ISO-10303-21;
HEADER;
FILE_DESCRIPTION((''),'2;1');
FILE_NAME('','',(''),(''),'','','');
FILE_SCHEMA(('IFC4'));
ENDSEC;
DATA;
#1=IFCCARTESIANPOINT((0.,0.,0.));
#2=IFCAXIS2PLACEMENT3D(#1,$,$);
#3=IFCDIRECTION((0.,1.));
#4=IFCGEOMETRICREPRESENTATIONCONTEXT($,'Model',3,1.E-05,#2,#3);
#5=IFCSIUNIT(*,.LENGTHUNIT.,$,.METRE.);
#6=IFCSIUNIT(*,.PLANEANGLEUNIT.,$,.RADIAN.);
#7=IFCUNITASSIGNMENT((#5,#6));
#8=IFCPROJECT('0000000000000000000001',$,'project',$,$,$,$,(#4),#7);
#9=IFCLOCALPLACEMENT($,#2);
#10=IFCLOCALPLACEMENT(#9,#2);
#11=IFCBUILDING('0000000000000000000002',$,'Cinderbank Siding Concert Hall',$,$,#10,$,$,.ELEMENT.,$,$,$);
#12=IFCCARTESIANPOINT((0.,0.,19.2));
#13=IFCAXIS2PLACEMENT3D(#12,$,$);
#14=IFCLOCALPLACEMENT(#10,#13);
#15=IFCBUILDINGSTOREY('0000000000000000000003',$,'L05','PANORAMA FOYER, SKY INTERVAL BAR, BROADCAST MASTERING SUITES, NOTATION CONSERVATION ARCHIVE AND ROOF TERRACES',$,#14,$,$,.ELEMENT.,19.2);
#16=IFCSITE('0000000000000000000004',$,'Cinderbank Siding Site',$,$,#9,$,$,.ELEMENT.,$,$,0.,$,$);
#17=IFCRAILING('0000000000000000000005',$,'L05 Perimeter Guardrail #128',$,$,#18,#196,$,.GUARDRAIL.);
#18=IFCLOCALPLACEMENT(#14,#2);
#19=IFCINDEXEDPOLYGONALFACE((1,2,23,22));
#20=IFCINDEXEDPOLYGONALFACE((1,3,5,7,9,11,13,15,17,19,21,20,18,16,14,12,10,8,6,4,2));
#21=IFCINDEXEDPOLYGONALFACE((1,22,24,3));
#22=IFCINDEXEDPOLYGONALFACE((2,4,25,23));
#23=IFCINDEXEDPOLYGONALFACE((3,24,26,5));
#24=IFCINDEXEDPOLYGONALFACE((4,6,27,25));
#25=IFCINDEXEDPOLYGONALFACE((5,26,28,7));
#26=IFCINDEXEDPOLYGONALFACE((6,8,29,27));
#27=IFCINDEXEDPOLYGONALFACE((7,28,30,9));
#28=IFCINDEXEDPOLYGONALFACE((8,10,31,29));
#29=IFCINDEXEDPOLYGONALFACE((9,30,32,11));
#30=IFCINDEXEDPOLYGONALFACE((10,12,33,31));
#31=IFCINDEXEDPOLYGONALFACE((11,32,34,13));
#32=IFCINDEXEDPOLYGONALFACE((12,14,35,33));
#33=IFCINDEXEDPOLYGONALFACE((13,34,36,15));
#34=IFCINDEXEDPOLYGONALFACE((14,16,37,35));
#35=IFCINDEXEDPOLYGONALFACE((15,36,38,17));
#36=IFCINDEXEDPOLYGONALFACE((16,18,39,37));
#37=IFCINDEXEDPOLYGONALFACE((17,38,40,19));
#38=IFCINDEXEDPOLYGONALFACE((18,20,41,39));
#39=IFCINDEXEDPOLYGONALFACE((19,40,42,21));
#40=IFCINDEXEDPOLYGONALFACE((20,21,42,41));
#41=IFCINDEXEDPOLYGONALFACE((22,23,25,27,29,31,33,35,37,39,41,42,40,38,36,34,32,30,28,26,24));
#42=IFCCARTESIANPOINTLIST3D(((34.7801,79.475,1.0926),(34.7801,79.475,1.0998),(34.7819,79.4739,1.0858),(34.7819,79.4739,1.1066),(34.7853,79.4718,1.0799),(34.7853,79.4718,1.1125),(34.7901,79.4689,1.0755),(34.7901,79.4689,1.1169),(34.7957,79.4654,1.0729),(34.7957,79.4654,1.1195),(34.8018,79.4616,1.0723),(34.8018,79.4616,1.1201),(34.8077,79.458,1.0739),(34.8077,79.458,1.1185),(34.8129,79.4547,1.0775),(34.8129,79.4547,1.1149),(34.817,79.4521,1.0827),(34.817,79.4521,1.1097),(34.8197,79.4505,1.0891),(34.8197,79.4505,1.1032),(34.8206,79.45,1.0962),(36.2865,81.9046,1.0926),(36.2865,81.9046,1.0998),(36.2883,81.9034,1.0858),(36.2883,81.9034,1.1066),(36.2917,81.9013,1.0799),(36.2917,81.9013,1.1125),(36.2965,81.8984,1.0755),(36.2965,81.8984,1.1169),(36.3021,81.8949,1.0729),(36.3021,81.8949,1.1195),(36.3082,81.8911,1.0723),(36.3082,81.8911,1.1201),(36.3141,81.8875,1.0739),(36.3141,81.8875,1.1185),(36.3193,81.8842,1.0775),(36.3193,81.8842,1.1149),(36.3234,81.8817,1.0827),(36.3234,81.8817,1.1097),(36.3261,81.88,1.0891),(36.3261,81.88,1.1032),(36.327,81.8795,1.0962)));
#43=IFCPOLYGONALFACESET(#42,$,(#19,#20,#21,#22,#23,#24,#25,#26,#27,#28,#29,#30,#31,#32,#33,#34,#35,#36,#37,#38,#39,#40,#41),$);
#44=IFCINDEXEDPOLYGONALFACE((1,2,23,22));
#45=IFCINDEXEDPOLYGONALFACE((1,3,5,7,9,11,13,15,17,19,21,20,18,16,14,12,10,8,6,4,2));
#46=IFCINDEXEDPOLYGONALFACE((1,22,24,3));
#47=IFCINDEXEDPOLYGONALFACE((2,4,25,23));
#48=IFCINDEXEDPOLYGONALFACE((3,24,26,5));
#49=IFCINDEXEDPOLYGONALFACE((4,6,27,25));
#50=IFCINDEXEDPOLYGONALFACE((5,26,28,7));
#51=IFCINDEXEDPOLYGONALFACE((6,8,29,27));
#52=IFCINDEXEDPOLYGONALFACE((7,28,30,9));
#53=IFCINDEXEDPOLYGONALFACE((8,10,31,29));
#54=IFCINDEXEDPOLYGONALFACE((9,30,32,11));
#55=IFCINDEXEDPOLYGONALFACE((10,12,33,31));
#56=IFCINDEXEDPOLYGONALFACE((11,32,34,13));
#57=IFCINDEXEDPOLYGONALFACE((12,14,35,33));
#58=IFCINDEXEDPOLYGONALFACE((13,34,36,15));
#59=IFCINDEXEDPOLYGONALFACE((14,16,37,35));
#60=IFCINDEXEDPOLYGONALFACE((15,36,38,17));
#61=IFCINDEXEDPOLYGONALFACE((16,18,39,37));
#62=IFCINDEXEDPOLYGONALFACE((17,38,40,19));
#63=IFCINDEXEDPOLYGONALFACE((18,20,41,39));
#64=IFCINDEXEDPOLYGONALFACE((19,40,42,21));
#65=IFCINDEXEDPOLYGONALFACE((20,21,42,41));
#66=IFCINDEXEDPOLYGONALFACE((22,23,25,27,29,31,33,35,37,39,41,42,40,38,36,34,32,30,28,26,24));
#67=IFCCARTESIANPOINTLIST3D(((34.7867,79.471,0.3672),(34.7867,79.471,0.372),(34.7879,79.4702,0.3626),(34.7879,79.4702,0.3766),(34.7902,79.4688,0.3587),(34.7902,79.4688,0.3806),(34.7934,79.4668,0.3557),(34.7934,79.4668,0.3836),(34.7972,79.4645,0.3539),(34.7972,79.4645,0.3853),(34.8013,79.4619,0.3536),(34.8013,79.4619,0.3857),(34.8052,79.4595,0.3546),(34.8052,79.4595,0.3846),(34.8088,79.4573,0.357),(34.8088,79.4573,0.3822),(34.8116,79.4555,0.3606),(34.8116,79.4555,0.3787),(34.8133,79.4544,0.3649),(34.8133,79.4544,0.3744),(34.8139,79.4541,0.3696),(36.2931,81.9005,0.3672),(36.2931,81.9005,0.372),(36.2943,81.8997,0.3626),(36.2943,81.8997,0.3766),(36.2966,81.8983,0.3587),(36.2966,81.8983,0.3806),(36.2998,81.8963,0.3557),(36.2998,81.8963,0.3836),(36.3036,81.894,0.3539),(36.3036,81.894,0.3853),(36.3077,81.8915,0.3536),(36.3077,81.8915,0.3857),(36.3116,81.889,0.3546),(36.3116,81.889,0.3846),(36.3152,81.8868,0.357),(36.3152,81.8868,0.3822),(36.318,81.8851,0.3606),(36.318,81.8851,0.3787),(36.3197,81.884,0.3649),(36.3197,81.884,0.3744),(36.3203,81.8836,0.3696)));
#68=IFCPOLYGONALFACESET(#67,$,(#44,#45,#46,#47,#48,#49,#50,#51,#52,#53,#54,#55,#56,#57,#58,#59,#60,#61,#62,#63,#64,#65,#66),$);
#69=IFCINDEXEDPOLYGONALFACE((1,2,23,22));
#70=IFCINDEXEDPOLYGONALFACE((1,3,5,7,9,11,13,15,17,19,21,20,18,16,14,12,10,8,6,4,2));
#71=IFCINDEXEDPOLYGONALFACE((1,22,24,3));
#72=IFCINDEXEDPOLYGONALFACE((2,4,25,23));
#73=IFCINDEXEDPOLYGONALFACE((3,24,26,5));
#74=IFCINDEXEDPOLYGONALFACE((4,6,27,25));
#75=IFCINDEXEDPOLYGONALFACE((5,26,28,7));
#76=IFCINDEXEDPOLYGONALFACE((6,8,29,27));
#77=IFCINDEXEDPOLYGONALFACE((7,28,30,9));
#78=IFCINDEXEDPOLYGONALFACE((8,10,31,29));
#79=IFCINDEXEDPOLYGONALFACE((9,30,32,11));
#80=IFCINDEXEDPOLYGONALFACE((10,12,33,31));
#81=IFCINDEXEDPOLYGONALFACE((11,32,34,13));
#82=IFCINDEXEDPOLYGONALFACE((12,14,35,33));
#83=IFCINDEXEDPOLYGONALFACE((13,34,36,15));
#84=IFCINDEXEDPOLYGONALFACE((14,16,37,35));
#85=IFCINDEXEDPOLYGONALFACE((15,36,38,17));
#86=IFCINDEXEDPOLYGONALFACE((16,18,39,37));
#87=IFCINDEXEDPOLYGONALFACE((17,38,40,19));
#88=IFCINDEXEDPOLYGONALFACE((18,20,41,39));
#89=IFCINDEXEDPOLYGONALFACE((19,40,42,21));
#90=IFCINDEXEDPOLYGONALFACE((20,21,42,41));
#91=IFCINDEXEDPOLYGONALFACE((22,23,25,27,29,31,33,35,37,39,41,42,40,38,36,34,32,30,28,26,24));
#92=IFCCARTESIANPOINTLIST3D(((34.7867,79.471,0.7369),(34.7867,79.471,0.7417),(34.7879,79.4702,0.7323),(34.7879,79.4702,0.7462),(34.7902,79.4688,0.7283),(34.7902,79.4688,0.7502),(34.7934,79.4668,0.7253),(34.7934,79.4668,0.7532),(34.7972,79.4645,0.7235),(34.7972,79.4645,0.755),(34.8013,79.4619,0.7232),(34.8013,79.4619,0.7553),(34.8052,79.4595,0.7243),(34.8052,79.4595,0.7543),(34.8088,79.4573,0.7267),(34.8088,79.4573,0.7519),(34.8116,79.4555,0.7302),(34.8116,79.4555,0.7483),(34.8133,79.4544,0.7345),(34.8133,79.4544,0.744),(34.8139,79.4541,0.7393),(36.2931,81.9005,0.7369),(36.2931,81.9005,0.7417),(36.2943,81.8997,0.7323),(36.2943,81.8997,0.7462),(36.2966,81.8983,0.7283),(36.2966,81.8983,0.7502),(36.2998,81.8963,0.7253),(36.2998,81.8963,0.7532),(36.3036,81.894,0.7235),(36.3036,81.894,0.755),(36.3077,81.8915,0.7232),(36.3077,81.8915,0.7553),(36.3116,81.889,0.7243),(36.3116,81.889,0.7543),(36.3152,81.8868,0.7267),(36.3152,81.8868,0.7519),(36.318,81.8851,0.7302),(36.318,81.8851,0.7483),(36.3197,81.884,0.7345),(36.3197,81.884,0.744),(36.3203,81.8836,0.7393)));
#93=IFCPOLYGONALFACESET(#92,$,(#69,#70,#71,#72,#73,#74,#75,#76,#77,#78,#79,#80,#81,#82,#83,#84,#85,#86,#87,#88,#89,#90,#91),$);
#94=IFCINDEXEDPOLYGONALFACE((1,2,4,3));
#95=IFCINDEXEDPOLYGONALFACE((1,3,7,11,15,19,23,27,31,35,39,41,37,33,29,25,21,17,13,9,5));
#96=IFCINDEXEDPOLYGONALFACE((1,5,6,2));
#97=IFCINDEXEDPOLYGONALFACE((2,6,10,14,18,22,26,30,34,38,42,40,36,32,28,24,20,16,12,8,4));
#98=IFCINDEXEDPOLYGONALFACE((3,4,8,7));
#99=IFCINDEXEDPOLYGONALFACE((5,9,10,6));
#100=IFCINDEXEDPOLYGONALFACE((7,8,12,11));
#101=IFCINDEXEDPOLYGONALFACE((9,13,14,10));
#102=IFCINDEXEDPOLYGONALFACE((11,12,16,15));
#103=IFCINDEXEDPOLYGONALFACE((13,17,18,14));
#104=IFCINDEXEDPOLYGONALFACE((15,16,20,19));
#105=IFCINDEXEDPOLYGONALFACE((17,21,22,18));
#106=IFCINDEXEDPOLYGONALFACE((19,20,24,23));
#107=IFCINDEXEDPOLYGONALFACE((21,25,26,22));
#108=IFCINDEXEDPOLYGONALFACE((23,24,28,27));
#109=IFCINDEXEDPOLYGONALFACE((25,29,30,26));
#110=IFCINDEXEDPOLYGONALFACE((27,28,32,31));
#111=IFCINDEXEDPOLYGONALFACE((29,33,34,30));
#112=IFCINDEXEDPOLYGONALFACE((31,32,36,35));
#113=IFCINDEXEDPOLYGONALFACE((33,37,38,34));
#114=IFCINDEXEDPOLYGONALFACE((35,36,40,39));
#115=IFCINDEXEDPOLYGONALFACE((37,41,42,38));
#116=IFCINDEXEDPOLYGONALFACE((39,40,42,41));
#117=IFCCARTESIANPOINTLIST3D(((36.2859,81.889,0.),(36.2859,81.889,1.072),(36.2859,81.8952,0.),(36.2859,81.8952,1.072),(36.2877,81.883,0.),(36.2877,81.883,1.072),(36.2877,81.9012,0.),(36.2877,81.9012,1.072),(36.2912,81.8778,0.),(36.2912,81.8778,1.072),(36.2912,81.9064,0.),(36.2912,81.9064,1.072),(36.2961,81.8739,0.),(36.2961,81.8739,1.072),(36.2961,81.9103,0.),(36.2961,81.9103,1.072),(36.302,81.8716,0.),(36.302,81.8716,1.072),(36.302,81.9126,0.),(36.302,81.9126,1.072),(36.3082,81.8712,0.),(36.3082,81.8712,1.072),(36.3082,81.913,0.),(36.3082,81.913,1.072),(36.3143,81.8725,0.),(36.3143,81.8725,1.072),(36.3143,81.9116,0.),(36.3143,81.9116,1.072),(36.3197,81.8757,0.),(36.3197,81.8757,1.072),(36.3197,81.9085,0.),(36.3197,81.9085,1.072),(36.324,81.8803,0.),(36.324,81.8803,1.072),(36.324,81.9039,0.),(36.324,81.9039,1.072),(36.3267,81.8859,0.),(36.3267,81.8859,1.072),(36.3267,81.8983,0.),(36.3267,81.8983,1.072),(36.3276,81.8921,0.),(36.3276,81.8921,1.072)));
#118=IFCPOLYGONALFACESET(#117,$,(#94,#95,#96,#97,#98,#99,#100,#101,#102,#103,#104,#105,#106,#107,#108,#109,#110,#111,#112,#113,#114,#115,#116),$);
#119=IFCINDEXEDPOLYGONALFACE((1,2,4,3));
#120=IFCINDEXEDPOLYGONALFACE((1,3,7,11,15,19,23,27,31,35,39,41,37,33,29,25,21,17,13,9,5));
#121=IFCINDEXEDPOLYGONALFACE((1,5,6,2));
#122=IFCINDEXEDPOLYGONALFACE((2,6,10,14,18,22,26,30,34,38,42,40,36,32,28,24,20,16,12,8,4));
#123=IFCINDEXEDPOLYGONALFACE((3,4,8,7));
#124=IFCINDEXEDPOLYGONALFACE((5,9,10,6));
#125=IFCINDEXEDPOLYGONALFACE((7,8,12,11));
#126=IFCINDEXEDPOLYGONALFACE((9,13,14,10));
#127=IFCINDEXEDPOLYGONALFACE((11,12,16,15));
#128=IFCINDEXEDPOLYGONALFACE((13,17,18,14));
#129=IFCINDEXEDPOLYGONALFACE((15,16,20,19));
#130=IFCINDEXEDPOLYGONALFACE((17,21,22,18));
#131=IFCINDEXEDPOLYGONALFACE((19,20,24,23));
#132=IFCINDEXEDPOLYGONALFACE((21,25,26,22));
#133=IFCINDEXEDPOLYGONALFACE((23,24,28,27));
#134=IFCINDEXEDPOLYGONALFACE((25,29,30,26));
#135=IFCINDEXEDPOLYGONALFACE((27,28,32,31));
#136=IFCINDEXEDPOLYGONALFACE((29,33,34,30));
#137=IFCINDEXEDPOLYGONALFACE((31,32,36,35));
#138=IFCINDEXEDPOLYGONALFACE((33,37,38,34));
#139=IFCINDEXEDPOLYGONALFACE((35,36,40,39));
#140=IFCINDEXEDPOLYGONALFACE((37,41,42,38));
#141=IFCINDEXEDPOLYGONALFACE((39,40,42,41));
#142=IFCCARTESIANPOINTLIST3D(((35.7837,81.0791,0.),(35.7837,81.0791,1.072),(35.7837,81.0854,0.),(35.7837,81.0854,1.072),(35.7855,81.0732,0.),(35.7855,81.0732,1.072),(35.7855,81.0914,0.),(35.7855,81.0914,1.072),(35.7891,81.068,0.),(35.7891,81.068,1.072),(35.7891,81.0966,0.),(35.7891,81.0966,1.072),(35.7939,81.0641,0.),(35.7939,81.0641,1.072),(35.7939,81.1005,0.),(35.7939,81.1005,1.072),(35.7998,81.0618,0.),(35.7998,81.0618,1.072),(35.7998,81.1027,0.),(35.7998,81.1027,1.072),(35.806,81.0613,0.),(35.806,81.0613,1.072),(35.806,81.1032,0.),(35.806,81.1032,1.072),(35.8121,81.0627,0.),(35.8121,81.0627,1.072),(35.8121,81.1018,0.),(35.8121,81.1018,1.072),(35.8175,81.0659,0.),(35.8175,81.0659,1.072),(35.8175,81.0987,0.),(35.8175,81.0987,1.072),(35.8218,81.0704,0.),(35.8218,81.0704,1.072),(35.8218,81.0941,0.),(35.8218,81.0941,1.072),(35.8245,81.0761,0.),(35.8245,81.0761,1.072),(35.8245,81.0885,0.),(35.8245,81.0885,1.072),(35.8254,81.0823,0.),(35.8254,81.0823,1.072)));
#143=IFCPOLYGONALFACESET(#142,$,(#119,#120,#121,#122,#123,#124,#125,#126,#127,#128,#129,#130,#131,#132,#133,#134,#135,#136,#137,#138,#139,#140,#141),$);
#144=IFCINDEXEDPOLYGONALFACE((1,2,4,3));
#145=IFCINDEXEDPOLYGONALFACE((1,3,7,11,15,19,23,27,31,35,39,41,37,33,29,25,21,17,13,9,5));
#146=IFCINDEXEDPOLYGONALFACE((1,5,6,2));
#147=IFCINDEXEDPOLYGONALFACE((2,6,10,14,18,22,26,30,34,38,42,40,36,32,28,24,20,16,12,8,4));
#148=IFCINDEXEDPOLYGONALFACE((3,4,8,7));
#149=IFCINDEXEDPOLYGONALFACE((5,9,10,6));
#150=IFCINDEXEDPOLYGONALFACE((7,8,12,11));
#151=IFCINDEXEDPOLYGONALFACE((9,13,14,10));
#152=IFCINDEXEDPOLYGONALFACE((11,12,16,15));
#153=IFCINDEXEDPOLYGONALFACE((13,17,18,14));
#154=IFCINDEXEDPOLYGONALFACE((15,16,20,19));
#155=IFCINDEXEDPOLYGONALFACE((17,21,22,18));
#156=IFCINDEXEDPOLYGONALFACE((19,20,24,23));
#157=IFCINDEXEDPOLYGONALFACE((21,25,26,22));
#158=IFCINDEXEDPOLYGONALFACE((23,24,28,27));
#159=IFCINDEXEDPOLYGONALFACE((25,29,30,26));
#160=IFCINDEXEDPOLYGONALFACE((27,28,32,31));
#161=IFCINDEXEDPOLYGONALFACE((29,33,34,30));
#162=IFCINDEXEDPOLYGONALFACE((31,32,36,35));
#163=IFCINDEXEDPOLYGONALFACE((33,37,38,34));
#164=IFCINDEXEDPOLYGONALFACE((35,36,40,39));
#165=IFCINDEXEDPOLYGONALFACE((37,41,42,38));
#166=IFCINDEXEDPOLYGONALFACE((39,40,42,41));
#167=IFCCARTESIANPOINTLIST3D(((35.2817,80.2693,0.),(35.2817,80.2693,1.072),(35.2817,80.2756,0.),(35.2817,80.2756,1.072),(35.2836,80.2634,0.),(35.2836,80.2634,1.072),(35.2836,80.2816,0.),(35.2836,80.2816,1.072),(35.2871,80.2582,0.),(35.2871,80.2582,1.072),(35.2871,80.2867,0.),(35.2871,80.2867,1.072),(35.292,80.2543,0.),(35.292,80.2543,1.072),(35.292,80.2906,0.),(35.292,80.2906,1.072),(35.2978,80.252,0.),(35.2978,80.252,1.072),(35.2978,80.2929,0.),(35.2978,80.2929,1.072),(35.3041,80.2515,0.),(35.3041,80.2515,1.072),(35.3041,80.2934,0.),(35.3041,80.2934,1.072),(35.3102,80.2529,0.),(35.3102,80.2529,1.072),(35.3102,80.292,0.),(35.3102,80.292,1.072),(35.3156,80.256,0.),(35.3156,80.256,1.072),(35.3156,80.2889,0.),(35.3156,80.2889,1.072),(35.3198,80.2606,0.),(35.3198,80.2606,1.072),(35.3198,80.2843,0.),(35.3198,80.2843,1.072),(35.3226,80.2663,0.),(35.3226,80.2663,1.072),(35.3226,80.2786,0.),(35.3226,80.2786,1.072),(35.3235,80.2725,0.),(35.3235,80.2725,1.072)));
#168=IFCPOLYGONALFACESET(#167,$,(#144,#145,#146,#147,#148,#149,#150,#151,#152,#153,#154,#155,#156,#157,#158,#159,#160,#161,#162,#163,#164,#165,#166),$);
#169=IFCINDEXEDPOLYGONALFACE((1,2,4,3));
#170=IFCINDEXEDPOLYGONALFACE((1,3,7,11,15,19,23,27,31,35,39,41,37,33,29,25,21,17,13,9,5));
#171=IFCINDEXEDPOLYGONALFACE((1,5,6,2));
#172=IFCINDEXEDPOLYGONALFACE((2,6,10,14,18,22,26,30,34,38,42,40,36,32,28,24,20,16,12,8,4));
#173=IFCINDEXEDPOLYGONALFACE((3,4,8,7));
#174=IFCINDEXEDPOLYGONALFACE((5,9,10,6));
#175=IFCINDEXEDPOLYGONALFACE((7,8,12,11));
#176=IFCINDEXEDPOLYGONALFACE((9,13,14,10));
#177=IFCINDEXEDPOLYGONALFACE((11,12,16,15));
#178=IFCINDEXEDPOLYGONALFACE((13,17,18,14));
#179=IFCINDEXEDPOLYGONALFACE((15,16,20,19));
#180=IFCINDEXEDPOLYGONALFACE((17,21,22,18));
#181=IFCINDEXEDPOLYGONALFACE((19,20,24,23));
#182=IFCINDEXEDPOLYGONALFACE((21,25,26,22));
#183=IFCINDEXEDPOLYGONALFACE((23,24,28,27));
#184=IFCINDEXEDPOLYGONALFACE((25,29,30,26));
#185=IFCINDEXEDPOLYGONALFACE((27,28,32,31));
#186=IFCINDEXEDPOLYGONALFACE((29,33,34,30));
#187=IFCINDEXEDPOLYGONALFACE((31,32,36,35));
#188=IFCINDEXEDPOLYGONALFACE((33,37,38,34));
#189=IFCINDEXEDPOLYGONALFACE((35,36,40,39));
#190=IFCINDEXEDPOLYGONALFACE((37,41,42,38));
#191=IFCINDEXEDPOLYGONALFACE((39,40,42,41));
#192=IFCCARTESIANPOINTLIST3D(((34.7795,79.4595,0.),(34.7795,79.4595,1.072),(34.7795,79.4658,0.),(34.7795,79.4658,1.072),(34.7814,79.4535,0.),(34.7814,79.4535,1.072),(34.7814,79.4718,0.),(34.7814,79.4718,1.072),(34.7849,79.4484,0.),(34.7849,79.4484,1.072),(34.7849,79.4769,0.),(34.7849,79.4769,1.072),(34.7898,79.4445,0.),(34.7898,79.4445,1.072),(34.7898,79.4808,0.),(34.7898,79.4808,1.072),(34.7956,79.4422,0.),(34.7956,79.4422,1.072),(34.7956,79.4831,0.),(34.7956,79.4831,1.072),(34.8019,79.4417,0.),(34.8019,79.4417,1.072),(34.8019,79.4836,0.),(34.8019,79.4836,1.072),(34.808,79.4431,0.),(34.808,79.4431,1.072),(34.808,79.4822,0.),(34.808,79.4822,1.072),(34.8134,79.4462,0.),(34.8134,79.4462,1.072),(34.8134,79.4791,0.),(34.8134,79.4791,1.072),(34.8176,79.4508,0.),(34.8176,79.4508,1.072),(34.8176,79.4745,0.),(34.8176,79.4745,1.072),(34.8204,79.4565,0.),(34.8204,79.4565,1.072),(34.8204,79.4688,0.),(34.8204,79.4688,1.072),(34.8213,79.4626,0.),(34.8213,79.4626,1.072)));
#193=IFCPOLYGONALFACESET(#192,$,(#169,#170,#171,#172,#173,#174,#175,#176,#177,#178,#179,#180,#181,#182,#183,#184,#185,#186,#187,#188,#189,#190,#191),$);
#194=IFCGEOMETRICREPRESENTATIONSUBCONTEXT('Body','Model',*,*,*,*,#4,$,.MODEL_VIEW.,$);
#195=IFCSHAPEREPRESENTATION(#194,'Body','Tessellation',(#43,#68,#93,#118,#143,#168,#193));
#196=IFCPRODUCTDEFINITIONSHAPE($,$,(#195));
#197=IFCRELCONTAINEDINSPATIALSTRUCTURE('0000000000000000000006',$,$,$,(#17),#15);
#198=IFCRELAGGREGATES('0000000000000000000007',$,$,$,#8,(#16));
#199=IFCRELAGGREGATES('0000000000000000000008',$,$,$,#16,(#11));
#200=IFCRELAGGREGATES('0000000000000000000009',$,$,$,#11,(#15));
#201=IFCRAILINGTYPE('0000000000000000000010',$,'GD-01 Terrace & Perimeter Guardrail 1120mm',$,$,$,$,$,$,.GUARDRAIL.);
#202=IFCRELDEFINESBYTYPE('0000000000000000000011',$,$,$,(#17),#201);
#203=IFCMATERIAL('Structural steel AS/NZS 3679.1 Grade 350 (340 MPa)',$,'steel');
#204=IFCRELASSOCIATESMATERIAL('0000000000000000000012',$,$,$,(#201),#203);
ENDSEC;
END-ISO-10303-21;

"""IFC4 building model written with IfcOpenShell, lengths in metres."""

from ifc_helpers import new_model, si_unit, direction, frame, origin, origin_2d, place, context, subcontext, project, spatial, circle, extrude, material, type_object, element, save


model = new_model("IFC4")

# Units and contexts
model_context = context("Model", 3, precision=1e-05, world=origin(), true_north=direction((0.0, 1.0)))
body_context = subcontext(model_context, "Body", "Model", "MODEL_VIEW")
ifc_project = project(units=[si_unit("LENGTHUNIT", "METRE"), si_unit("PLANEANGLEUNIT", "RADIAN")], contexts=[model_context])

# Site, building, storey
site_placement = place(None, origin())
site = spatial("IfcSite", under=ifc_project, at=site_placement, Name="Cinderbank Siding Site", CompositionType="ELEMENT", RefElevation=0.0)
building_placement = place(site_placement, origin())
building = spatial("IfcBuilding", under=site, at=building_placement, Name="Cinderbank Siding Concert Hall", CompositionType="ELEMENT")
storey_placement = place(building_placement, frame((0.0, 0.0, 19.2)))
storey = spatial("IfcBuildingStorey", under=building, at=storey_placement, Name="L05", Description="PANORAMA FOYER, SKY INTERVAL BAR, BROADCAST MASTERING SUITES, NOTATION CONSERVATION ARCHIVE AND ROOF TERRACES", CompositionType="ELEMENT", Elevation=19.2)

# Railing
ifc_material_1 = material(Name="Structural steel AS/NZS 3679.1 Grade 350 (340 MPa)", Category="steel")
railing_type = type_object("IfcRailingType", Name="GD-01 Terrace & Perimeter Guardrail 1120mm", PredefinedType="GUARDRAIL", material=ifc_material_1)
railing_1_placement = place(storey_placement, frame((36.3066, 81.8921, 0.0)))
element("IfcRailing", 1, at=railing_1_placement, inside=storey, type_object=railing_type, Name="L05 Perimeter Guardrail #128", PredefinedType="GUARDRAIL", context=body_context, shape_type="SweptSolid", body=[
    extrude(circle(Radius=0.0239, at=origin_2d()), frame((0.0, 0.0, 1.0962), z_axis=(-0.526963, -0.849888, 0.0), x_axis=(0.849888, -0.526963, 0.0)), (0.0, 0.0, 1.0), 2.8586),
    extrude(circle(Radius=0.0161, at=origin_2d()), frame((0.0, 0.0, 0.3696), z_axis=(-0.526963, -0.849888, 0.0), x_axis=(0.849888, -0.526963, 0.0)), (0.0, 0.0, 1.0), 2.8586),
    extrude(circle(Radius=0.0161, at=origin_2d()), frame((0.0, 0.0, 0.7393), z_axis=(-0.526963, -0.849888, 0.0), x_axis=(0.849888, -0.526963, 0.0)), (0.0, 0.0, 1.0), 2.8586),
    extrude(circle(Radius=0.021, at=origin_2d()), origin(), (0.0, 0.0, 1.0), 1.072),
    extrude(circle(Radius=0.021, at=origin_2d()), frame((-0.5022, -0.8098, 0.0)), (0.0, 0.0, 1.0), 1.072),
    extrude(circle(Radius=0.021, at=origin_2d()), frame((-1.0042, -1.6196, 0.0)), (0.0, 0.0, 1.0), 1.072),
    extrude(circle(Radius=0.021, at=origin_2d()), frame((-1.5063, -2.4294, 0.0)), (0.0, 0.0, 1.0), 1.072),
])

save(model, "model.ifc")
